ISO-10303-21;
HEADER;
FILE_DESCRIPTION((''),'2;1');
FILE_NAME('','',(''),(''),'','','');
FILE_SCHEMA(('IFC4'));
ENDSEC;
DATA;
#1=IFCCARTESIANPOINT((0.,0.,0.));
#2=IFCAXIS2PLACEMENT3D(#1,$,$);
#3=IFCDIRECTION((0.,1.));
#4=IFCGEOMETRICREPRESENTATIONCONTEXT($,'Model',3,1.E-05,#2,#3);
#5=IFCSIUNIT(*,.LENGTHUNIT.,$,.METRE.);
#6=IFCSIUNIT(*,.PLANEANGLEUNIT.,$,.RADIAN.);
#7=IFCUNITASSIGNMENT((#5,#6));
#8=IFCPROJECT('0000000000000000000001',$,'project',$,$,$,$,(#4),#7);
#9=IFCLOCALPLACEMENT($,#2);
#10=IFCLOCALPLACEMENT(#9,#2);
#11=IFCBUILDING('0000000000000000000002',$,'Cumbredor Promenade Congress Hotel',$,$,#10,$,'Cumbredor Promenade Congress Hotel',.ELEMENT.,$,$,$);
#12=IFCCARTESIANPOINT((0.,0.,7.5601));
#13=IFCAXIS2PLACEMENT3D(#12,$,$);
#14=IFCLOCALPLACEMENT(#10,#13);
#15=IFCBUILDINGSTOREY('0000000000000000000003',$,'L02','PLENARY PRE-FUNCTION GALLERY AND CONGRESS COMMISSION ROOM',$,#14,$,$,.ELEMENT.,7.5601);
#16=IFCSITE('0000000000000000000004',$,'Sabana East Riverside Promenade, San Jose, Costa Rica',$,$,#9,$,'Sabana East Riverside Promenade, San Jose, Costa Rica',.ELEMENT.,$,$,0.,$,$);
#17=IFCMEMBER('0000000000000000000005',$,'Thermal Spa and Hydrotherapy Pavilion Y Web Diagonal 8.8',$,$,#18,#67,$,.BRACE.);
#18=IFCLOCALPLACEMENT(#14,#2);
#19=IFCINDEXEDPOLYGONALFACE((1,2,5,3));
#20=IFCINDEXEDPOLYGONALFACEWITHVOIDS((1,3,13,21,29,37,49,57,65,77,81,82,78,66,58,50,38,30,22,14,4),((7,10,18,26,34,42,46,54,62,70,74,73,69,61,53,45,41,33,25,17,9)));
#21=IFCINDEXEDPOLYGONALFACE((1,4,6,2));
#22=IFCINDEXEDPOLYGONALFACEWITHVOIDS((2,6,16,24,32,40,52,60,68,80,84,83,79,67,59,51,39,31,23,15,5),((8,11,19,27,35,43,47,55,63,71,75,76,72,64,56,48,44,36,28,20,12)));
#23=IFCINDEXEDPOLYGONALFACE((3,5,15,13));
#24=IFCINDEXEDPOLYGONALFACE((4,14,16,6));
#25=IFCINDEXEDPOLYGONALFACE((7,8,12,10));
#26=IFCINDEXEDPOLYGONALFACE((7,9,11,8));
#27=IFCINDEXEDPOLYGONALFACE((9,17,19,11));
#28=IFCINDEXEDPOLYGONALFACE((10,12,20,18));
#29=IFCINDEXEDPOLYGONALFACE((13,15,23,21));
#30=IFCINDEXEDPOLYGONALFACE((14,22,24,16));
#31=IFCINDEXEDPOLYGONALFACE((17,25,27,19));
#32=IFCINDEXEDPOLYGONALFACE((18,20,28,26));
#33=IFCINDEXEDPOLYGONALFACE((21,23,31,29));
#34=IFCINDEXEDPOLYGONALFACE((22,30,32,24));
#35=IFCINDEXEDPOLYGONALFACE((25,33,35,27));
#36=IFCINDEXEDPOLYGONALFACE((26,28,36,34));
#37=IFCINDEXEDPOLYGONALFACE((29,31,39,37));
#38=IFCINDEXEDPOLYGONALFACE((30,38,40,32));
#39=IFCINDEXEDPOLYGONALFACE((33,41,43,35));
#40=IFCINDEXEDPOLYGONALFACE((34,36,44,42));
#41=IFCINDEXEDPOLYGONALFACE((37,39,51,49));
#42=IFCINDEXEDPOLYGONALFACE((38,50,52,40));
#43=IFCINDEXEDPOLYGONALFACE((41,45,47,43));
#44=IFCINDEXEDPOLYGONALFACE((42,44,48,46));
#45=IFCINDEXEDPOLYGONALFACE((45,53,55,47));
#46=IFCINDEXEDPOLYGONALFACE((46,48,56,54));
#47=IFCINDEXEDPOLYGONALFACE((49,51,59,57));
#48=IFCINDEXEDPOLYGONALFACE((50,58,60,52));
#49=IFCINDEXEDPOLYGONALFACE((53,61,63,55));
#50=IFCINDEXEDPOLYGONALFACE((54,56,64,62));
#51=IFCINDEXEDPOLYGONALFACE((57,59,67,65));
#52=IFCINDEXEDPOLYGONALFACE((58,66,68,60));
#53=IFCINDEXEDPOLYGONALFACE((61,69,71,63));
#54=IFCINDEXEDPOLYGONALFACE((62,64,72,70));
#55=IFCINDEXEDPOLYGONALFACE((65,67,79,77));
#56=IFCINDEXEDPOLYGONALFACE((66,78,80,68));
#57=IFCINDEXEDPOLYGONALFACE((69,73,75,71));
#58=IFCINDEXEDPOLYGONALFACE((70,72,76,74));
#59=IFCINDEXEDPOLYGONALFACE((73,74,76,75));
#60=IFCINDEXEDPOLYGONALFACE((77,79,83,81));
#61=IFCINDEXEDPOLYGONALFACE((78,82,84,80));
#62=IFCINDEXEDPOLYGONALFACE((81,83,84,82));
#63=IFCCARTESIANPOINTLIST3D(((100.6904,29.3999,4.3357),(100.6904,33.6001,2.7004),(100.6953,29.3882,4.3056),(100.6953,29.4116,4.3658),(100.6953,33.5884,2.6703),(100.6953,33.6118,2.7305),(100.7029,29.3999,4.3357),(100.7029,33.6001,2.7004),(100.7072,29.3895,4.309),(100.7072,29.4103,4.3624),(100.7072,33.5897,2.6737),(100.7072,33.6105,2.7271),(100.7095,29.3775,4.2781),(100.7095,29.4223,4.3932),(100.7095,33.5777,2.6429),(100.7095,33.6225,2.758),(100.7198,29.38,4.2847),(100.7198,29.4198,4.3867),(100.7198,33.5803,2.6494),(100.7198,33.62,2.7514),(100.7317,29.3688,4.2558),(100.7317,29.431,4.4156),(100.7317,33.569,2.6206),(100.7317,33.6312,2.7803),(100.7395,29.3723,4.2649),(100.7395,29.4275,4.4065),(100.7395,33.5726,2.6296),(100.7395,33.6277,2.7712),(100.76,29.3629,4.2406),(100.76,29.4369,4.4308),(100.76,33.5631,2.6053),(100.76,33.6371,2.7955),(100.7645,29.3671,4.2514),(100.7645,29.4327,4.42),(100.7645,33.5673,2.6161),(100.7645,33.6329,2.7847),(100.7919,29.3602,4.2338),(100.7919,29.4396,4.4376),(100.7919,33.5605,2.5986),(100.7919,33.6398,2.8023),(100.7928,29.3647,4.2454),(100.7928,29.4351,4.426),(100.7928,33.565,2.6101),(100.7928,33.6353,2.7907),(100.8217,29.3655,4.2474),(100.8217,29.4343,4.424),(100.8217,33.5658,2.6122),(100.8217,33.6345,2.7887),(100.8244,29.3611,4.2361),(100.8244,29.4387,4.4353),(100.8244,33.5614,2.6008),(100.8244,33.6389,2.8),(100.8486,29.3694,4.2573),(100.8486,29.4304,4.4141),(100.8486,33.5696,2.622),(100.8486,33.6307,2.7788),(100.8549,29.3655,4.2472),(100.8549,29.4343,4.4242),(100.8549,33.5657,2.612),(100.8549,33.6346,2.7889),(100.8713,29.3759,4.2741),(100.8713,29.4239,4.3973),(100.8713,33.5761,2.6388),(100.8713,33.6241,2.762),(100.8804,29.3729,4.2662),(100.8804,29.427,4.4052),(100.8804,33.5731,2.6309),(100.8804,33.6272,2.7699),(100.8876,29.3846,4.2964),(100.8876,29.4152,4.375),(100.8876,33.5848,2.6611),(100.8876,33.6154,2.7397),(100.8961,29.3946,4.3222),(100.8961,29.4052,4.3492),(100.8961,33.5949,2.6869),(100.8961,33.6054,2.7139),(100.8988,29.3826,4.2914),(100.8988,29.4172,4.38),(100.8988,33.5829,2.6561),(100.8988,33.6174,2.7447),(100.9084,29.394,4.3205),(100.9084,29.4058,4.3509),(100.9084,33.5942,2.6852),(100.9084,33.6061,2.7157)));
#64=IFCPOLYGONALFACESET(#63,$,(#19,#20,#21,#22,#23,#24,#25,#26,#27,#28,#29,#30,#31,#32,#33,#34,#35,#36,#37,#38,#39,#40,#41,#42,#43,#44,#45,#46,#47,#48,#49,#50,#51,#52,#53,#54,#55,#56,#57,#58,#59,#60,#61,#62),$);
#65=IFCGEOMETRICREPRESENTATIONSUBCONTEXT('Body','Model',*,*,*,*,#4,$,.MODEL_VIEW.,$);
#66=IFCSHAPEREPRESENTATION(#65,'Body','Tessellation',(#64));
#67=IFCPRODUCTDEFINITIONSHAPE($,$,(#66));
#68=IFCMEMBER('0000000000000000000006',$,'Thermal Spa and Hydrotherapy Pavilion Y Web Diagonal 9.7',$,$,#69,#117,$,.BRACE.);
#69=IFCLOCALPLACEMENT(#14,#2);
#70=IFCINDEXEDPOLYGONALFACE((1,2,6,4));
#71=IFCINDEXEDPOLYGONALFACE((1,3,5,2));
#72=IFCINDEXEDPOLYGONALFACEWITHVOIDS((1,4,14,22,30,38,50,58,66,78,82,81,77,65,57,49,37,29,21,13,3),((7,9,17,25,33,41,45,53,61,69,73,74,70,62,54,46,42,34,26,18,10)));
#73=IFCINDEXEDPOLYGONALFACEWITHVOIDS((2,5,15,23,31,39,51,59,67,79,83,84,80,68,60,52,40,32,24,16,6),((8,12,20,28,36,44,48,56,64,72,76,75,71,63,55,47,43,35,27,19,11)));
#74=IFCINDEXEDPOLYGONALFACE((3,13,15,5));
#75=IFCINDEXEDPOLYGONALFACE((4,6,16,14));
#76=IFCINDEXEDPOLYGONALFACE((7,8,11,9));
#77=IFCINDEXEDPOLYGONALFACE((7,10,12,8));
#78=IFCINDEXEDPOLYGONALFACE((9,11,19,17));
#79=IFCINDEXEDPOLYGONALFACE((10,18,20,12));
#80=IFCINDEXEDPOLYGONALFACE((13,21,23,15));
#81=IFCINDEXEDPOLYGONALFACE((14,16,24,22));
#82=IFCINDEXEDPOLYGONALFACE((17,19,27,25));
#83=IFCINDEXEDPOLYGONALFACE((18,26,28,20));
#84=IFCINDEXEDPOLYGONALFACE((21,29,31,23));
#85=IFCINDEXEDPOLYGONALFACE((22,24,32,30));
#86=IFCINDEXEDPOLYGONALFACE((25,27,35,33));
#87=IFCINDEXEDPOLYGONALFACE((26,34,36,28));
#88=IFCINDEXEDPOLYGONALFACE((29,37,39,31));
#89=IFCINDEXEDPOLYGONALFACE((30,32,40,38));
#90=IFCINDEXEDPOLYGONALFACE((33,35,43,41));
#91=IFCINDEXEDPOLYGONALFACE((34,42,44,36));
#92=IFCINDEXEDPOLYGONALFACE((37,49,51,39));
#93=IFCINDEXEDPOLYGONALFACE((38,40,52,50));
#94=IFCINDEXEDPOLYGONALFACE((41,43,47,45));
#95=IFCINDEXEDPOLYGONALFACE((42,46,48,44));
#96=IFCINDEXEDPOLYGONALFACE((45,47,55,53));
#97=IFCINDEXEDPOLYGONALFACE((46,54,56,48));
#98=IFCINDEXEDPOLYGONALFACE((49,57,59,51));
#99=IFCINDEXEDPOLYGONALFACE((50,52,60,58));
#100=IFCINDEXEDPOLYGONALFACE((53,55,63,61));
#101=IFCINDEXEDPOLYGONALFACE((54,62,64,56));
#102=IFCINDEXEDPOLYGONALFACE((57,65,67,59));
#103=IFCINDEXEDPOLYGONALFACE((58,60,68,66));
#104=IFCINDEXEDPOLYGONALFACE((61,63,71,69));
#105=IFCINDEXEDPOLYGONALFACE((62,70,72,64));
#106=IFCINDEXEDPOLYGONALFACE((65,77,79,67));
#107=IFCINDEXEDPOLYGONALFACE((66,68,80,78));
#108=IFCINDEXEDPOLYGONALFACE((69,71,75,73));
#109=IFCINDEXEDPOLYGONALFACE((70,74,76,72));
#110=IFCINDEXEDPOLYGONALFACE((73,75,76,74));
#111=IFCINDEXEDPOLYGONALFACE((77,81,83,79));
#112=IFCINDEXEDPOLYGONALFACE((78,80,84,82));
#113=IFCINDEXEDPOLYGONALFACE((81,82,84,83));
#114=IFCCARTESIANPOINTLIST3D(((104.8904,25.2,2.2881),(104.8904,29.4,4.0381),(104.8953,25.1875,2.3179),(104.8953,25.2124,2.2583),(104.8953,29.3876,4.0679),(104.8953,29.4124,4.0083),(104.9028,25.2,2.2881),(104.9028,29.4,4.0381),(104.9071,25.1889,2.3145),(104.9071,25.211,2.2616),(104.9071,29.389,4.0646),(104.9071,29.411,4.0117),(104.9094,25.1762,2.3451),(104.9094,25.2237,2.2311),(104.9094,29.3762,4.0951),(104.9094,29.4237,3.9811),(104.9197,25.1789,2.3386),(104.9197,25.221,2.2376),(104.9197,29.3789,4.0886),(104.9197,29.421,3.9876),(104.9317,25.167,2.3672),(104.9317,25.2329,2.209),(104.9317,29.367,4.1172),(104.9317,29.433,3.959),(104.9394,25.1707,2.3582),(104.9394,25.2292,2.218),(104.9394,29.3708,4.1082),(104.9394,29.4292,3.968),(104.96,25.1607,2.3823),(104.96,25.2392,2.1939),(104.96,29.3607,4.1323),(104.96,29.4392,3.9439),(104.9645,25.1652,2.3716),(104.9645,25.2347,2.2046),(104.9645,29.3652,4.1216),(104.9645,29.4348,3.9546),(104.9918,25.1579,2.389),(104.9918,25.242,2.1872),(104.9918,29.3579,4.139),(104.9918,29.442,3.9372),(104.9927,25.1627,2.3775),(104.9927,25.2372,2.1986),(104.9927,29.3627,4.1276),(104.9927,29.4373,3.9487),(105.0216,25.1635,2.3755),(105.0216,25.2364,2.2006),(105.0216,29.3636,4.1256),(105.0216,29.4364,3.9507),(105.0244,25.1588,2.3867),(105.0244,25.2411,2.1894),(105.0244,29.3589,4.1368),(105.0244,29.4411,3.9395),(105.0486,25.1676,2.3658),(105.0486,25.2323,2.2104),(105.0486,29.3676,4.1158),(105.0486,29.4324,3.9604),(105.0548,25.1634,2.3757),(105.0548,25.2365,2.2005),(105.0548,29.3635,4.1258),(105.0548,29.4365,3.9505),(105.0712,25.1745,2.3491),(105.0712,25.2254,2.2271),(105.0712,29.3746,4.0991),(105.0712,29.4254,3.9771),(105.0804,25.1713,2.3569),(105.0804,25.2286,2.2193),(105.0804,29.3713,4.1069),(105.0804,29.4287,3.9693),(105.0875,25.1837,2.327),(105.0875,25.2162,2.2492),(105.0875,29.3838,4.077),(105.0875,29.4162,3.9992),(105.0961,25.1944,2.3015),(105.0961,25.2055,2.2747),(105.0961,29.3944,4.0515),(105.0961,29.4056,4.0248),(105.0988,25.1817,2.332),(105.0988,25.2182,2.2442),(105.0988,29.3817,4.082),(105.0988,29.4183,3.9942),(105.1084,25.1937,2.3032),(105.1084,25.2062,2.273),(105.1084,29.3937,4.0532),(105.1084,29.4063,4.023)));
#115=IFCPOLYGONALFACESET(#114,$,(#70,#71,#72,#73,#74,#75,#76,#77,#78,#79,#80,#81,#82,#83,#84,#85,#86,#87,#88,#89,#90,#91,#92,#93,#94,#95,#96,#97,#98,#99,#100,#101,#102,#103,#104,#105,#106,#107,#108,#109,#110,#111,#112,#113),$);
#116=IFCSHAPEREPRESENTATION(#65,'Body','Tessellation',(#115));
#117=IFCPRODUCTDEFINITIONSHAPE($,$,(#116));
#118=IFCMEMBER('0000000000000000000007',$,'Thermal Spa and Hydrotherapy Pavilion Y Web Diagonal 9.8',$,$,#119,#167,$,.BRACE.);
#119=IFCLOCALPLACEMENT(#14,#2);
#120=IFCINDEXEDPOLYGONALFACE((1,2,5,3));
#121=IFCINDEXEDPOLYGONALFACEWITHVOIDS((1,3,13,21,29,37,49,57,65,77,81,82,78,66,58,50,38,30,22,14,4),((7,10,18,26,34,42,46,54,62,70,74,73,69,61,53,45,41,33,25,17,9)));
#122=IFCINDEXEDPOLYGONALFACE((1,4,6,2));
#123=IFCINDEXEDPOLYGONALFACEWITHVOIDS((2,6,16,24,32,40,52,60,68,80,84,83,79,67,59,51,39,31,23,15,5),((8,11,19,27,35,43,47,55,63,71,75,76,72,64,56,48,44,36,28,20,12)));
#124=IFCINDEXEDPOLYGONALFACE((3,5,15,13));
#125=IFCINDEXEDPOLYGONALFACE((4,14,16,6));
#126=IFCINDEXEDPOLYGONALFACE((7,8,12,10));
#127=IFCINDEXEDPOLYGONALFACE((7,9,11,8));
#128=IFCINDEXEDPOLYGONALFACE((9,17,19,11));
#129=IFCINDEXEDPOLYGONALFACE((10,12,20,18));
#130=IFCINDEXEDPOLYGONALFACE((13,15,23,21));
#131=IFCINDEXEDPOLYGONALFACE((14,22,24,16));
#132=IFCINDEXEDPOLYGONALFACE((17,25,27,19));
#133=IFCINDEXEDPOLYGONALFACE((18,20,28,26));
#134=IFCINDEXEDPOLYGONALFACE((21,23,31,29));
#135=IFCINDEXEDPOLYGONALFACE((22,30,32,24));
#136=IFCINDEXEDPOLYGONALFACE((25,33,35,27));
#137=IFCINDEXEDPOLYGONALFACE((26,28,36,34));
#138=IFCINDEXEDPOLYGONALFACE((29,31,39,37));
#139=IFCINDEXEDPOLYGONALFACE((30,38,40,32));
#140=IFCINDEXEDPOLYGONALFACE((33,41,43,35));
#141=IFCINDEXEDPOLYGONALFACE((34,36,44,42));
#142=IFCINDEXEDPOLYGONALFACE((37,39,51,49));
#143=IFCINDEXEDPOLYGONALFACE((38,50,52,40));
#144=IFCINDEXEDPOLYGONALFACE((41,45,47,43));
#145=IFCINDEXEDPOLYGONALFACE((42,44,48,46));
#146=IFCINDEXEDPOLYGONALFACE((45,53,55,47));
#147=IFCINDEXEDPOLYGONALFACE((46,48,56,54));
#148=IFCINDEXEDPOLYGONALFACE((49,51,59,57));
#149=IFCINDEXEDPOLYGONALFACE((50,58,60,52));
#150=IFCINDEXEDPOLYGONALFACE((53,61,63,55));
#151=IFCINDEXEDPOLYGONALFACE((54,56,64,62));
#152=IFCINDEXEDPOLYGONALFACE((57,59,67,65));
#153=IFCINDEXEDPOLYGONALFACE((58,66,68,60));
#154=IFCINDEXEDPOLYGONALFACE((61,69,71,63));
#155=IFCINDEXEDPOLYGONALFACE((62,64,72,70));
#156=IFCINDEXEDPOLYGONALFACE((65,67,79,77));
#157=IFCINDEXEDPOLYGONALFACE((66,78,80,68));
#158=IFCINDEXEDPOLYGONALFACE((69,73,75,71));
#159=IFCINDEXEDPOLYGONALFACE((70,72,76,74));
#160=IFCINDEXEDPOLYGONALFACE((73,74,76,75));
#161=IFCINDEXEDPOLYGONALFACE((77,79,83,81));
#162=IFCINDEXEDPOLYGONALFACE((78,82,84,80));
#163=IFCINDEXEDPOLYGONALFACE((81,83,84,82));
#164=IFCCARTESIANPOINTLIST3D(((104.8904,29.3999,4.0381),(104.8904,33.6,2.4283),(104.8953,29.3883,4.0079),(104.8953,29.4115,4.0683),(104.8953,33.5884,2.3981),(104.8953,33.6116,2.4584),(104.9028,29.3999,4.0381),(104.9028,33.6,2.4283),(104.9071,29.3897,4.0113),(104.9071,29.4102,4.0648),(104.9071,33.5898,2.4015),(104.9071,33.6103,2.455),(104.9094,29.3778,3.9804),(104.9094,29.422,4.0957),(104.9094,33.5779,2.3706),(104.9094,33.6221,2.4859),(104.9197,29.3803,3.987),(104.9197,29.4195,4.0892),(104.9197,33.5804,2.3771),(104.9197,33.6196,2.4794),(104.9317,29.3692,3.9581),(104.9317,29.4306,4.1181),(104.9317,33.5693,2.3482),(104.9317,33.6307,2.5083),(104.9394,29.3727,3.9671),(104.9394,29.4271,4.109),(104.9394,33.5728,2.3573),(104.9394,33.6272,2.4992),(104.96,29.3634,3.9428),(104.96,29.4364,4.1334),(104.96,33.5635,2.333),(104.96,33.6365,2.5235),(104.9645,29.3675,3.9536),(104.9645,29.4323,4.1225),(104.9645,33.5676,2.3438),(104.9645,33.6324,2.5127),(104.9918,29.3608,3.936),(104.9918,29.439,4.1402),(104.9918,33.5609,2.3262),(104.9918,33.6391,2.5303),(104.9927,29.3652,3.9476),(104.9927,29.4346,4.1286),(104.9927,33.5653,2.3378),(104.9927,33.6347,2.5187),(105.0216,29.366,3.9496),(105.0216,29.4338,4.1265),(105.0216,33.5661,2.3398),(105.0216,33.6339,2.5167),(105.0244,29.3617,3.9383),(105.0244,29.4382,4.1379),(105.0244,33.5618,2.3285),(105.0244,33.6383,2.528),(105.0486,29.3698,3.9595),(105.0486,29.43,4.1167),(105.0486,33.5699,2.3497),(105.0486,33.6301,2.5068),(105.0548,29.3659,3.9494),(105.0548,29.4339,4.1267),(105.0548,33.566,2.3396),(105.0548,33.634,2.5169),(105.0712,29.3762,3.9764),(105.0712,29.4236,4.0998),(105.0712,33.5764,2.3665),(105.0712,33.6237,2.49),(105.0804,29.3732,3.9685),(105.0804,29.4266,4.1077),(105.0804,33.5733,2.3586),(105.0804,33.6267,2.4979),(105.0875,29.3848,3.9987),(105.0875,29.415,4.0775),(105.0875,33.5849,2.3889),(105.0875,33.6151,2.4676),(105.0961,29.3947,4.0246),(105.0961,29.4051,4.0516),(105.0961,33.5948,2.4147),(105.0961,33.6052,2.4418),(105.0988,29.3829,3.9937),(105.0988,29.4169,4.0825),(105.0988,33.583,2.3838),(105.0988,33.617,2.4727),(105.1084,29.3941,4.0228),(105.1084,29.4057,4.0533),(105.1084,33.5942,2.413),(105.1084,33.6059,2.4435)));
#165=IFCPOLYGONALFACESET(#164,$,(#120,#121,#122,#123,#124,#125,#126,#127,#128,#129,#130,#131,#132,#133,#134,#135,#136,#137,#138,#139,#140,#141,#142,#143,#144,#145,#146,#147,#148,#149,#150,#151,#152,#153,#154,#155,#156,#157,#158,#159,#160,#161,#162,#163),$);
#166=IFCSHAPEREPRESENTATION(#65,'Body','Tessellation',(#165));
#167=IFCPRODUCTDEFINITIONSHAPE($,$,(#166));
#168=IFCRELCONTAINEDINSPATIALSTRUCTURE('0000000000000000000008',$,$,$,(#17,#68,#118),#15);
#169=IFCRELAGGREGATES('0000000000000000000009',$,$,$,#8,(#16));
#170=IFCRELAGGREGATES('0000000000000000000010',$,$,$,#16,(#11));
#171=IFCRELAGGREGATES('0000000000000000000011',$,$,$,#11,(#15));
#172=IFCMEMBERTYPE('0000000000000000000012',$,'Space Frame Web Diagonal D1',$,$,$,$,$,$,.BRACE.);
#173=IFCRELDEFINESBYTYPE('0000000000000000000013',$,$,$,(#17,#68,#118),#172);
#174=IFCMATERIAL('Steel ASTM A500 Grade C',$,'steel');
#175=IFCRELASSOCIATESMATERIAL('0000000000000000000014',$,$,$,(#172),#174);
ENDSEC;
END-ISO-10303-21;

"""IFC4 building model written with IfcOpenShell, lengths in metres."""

from ifc_helpers import new_model, si_unit, direction, frame, origin, origin_2d, place, context, subcontext, project, spatial, hollow_circle, extrude, material, material_profile, profile_set, type_object, element, save


model = new_model("IFC4")

# Units and contexts
model_context = context("Model", 3, precision=1e-05, world=origin(), true_north=direction((0.0, 1.0)))
body_context = subcontext(model_context, "Body", "Model", "MODEL_VIEW")
ifc_project = project(units=[si_unit("LENGTHUNIT", "METRE"), si_unit("PLANEANGLEUNIT", "RADIAN")], contexts=[model_context])

# Site, building, storey
site_placement = place(None, origin())
site = spatial("IfcSite", under=ifc_project, at=site_placement, Name="Sabana East Riverside Promenade, San Jose, Costa Rica", LongName="Sabana East Riverside Promenade, San Jose, Costa Rica", CompositionType="ELEMENT", RefElevation=0.0)
building_placement = place(site_placement, origin())
building = spatial("IfcBuilding", under=site, at=building_placement, Name="Cumbredor Promenade Congress Hotel", LongName="Cumbredor Promenade Congress Hotel", CompositionType="ELEMENT")
storey_placement = place(building_placement, frame((0.0, 0.0, 7.5601)))
storey = spatial("IfcBuildingStorey", under=building, at=storey_placement, Name="L02", Description="PLENARY PRE-FUNCTION GALLERY AND CONGRESS COMMISSION ROOM", CompositionType="ELEMENT", Elevation=7.5601)

# Members
ifc_material_1 = material(Name="Steel ASTM A500 Grade C", Category="steel")
ifc_material_profile_1 = material_profile(ifc_material_1, hollow_circle(Radius=0.1096, WallThickness=0.0125, at=origin_2d()), Name="CHS 219.1x12.5")
ifc_profile_set_1 = profile_set([ifc_material_profile_1], Name="Steel ASTM A500 Grade C")
member_type_1 = type_object("IfcMemberType", Name="Space Frame Web Diagonal D1", PredefinedType="BRACE", material=ifc_profile_set_1)
member_1_placement = place(storey_placement, frame((100.8, 29.3999, 4.3357), z_axis=(0.0, 0.931866, -0.362802), x_axis=(-1.0, 0.0, 0.0)))
element("IfcMember", 1, at=member_1_placement, inside=storey, type_object=member_type_1, Name="Thermal Spa and Hydrotherapy Pavilion Y Web Diagonal 8.8", PredefinedType="BRACE", context=body_context, shape_type="SweptSolid", body=[
    extrude(hollow_circle(Radius=0.1096, WallThickness=0.0125, at=origin_2d()), origin(), (0.0, 0.0, 1.0), 4.5073),
])
member_2_placement = place(storey_placement, frame((105.0, 25.2, 2.2881), z_axis=(0.0, 0.923075, 0.384619), x_axis=(-1.0, 0.0, 0.0)))
element("IfcMember", 2, at=member_2_placement, inside=storey, type_object=member_type_1, Name="Thermal Spa and Hydrotherapy Pavilion Y Web Diagonal 9.7", PredefinedType="BRACE", context=body_context, shape_type="SweptSolid", body=[
    extrude(hollow_circle(Radius=0.1096, WallThickness=0.0125, at=origin_2d()), origin(), (0.0, 0.0, 1.0), 4.55),
])
member_3_placement = place(storey_placement, frame((105.0, 29.3999, 4.0381), z_axis=(0.0, 0.933762, -0.357895), x_axis=(-1.0, 0.0, 0.0)))
element("IfcMember", 3, at=member_3_placement, inside=storey, type_object=member_type_1, Name="Thermal Spa and Hydrotherapy Pavilion Y Web Diagonal 9.8", PredefinedType="BRACE", context=body_context, shape_type="SweptSolid", body=[
    extrude(hollow_circle(Radius=0.1096, WallThickness=0.0125, at=origin_2d()), origin(), (0.0, 0.0, 1.0), 4.498),
])

save(model, "model.ifc")
